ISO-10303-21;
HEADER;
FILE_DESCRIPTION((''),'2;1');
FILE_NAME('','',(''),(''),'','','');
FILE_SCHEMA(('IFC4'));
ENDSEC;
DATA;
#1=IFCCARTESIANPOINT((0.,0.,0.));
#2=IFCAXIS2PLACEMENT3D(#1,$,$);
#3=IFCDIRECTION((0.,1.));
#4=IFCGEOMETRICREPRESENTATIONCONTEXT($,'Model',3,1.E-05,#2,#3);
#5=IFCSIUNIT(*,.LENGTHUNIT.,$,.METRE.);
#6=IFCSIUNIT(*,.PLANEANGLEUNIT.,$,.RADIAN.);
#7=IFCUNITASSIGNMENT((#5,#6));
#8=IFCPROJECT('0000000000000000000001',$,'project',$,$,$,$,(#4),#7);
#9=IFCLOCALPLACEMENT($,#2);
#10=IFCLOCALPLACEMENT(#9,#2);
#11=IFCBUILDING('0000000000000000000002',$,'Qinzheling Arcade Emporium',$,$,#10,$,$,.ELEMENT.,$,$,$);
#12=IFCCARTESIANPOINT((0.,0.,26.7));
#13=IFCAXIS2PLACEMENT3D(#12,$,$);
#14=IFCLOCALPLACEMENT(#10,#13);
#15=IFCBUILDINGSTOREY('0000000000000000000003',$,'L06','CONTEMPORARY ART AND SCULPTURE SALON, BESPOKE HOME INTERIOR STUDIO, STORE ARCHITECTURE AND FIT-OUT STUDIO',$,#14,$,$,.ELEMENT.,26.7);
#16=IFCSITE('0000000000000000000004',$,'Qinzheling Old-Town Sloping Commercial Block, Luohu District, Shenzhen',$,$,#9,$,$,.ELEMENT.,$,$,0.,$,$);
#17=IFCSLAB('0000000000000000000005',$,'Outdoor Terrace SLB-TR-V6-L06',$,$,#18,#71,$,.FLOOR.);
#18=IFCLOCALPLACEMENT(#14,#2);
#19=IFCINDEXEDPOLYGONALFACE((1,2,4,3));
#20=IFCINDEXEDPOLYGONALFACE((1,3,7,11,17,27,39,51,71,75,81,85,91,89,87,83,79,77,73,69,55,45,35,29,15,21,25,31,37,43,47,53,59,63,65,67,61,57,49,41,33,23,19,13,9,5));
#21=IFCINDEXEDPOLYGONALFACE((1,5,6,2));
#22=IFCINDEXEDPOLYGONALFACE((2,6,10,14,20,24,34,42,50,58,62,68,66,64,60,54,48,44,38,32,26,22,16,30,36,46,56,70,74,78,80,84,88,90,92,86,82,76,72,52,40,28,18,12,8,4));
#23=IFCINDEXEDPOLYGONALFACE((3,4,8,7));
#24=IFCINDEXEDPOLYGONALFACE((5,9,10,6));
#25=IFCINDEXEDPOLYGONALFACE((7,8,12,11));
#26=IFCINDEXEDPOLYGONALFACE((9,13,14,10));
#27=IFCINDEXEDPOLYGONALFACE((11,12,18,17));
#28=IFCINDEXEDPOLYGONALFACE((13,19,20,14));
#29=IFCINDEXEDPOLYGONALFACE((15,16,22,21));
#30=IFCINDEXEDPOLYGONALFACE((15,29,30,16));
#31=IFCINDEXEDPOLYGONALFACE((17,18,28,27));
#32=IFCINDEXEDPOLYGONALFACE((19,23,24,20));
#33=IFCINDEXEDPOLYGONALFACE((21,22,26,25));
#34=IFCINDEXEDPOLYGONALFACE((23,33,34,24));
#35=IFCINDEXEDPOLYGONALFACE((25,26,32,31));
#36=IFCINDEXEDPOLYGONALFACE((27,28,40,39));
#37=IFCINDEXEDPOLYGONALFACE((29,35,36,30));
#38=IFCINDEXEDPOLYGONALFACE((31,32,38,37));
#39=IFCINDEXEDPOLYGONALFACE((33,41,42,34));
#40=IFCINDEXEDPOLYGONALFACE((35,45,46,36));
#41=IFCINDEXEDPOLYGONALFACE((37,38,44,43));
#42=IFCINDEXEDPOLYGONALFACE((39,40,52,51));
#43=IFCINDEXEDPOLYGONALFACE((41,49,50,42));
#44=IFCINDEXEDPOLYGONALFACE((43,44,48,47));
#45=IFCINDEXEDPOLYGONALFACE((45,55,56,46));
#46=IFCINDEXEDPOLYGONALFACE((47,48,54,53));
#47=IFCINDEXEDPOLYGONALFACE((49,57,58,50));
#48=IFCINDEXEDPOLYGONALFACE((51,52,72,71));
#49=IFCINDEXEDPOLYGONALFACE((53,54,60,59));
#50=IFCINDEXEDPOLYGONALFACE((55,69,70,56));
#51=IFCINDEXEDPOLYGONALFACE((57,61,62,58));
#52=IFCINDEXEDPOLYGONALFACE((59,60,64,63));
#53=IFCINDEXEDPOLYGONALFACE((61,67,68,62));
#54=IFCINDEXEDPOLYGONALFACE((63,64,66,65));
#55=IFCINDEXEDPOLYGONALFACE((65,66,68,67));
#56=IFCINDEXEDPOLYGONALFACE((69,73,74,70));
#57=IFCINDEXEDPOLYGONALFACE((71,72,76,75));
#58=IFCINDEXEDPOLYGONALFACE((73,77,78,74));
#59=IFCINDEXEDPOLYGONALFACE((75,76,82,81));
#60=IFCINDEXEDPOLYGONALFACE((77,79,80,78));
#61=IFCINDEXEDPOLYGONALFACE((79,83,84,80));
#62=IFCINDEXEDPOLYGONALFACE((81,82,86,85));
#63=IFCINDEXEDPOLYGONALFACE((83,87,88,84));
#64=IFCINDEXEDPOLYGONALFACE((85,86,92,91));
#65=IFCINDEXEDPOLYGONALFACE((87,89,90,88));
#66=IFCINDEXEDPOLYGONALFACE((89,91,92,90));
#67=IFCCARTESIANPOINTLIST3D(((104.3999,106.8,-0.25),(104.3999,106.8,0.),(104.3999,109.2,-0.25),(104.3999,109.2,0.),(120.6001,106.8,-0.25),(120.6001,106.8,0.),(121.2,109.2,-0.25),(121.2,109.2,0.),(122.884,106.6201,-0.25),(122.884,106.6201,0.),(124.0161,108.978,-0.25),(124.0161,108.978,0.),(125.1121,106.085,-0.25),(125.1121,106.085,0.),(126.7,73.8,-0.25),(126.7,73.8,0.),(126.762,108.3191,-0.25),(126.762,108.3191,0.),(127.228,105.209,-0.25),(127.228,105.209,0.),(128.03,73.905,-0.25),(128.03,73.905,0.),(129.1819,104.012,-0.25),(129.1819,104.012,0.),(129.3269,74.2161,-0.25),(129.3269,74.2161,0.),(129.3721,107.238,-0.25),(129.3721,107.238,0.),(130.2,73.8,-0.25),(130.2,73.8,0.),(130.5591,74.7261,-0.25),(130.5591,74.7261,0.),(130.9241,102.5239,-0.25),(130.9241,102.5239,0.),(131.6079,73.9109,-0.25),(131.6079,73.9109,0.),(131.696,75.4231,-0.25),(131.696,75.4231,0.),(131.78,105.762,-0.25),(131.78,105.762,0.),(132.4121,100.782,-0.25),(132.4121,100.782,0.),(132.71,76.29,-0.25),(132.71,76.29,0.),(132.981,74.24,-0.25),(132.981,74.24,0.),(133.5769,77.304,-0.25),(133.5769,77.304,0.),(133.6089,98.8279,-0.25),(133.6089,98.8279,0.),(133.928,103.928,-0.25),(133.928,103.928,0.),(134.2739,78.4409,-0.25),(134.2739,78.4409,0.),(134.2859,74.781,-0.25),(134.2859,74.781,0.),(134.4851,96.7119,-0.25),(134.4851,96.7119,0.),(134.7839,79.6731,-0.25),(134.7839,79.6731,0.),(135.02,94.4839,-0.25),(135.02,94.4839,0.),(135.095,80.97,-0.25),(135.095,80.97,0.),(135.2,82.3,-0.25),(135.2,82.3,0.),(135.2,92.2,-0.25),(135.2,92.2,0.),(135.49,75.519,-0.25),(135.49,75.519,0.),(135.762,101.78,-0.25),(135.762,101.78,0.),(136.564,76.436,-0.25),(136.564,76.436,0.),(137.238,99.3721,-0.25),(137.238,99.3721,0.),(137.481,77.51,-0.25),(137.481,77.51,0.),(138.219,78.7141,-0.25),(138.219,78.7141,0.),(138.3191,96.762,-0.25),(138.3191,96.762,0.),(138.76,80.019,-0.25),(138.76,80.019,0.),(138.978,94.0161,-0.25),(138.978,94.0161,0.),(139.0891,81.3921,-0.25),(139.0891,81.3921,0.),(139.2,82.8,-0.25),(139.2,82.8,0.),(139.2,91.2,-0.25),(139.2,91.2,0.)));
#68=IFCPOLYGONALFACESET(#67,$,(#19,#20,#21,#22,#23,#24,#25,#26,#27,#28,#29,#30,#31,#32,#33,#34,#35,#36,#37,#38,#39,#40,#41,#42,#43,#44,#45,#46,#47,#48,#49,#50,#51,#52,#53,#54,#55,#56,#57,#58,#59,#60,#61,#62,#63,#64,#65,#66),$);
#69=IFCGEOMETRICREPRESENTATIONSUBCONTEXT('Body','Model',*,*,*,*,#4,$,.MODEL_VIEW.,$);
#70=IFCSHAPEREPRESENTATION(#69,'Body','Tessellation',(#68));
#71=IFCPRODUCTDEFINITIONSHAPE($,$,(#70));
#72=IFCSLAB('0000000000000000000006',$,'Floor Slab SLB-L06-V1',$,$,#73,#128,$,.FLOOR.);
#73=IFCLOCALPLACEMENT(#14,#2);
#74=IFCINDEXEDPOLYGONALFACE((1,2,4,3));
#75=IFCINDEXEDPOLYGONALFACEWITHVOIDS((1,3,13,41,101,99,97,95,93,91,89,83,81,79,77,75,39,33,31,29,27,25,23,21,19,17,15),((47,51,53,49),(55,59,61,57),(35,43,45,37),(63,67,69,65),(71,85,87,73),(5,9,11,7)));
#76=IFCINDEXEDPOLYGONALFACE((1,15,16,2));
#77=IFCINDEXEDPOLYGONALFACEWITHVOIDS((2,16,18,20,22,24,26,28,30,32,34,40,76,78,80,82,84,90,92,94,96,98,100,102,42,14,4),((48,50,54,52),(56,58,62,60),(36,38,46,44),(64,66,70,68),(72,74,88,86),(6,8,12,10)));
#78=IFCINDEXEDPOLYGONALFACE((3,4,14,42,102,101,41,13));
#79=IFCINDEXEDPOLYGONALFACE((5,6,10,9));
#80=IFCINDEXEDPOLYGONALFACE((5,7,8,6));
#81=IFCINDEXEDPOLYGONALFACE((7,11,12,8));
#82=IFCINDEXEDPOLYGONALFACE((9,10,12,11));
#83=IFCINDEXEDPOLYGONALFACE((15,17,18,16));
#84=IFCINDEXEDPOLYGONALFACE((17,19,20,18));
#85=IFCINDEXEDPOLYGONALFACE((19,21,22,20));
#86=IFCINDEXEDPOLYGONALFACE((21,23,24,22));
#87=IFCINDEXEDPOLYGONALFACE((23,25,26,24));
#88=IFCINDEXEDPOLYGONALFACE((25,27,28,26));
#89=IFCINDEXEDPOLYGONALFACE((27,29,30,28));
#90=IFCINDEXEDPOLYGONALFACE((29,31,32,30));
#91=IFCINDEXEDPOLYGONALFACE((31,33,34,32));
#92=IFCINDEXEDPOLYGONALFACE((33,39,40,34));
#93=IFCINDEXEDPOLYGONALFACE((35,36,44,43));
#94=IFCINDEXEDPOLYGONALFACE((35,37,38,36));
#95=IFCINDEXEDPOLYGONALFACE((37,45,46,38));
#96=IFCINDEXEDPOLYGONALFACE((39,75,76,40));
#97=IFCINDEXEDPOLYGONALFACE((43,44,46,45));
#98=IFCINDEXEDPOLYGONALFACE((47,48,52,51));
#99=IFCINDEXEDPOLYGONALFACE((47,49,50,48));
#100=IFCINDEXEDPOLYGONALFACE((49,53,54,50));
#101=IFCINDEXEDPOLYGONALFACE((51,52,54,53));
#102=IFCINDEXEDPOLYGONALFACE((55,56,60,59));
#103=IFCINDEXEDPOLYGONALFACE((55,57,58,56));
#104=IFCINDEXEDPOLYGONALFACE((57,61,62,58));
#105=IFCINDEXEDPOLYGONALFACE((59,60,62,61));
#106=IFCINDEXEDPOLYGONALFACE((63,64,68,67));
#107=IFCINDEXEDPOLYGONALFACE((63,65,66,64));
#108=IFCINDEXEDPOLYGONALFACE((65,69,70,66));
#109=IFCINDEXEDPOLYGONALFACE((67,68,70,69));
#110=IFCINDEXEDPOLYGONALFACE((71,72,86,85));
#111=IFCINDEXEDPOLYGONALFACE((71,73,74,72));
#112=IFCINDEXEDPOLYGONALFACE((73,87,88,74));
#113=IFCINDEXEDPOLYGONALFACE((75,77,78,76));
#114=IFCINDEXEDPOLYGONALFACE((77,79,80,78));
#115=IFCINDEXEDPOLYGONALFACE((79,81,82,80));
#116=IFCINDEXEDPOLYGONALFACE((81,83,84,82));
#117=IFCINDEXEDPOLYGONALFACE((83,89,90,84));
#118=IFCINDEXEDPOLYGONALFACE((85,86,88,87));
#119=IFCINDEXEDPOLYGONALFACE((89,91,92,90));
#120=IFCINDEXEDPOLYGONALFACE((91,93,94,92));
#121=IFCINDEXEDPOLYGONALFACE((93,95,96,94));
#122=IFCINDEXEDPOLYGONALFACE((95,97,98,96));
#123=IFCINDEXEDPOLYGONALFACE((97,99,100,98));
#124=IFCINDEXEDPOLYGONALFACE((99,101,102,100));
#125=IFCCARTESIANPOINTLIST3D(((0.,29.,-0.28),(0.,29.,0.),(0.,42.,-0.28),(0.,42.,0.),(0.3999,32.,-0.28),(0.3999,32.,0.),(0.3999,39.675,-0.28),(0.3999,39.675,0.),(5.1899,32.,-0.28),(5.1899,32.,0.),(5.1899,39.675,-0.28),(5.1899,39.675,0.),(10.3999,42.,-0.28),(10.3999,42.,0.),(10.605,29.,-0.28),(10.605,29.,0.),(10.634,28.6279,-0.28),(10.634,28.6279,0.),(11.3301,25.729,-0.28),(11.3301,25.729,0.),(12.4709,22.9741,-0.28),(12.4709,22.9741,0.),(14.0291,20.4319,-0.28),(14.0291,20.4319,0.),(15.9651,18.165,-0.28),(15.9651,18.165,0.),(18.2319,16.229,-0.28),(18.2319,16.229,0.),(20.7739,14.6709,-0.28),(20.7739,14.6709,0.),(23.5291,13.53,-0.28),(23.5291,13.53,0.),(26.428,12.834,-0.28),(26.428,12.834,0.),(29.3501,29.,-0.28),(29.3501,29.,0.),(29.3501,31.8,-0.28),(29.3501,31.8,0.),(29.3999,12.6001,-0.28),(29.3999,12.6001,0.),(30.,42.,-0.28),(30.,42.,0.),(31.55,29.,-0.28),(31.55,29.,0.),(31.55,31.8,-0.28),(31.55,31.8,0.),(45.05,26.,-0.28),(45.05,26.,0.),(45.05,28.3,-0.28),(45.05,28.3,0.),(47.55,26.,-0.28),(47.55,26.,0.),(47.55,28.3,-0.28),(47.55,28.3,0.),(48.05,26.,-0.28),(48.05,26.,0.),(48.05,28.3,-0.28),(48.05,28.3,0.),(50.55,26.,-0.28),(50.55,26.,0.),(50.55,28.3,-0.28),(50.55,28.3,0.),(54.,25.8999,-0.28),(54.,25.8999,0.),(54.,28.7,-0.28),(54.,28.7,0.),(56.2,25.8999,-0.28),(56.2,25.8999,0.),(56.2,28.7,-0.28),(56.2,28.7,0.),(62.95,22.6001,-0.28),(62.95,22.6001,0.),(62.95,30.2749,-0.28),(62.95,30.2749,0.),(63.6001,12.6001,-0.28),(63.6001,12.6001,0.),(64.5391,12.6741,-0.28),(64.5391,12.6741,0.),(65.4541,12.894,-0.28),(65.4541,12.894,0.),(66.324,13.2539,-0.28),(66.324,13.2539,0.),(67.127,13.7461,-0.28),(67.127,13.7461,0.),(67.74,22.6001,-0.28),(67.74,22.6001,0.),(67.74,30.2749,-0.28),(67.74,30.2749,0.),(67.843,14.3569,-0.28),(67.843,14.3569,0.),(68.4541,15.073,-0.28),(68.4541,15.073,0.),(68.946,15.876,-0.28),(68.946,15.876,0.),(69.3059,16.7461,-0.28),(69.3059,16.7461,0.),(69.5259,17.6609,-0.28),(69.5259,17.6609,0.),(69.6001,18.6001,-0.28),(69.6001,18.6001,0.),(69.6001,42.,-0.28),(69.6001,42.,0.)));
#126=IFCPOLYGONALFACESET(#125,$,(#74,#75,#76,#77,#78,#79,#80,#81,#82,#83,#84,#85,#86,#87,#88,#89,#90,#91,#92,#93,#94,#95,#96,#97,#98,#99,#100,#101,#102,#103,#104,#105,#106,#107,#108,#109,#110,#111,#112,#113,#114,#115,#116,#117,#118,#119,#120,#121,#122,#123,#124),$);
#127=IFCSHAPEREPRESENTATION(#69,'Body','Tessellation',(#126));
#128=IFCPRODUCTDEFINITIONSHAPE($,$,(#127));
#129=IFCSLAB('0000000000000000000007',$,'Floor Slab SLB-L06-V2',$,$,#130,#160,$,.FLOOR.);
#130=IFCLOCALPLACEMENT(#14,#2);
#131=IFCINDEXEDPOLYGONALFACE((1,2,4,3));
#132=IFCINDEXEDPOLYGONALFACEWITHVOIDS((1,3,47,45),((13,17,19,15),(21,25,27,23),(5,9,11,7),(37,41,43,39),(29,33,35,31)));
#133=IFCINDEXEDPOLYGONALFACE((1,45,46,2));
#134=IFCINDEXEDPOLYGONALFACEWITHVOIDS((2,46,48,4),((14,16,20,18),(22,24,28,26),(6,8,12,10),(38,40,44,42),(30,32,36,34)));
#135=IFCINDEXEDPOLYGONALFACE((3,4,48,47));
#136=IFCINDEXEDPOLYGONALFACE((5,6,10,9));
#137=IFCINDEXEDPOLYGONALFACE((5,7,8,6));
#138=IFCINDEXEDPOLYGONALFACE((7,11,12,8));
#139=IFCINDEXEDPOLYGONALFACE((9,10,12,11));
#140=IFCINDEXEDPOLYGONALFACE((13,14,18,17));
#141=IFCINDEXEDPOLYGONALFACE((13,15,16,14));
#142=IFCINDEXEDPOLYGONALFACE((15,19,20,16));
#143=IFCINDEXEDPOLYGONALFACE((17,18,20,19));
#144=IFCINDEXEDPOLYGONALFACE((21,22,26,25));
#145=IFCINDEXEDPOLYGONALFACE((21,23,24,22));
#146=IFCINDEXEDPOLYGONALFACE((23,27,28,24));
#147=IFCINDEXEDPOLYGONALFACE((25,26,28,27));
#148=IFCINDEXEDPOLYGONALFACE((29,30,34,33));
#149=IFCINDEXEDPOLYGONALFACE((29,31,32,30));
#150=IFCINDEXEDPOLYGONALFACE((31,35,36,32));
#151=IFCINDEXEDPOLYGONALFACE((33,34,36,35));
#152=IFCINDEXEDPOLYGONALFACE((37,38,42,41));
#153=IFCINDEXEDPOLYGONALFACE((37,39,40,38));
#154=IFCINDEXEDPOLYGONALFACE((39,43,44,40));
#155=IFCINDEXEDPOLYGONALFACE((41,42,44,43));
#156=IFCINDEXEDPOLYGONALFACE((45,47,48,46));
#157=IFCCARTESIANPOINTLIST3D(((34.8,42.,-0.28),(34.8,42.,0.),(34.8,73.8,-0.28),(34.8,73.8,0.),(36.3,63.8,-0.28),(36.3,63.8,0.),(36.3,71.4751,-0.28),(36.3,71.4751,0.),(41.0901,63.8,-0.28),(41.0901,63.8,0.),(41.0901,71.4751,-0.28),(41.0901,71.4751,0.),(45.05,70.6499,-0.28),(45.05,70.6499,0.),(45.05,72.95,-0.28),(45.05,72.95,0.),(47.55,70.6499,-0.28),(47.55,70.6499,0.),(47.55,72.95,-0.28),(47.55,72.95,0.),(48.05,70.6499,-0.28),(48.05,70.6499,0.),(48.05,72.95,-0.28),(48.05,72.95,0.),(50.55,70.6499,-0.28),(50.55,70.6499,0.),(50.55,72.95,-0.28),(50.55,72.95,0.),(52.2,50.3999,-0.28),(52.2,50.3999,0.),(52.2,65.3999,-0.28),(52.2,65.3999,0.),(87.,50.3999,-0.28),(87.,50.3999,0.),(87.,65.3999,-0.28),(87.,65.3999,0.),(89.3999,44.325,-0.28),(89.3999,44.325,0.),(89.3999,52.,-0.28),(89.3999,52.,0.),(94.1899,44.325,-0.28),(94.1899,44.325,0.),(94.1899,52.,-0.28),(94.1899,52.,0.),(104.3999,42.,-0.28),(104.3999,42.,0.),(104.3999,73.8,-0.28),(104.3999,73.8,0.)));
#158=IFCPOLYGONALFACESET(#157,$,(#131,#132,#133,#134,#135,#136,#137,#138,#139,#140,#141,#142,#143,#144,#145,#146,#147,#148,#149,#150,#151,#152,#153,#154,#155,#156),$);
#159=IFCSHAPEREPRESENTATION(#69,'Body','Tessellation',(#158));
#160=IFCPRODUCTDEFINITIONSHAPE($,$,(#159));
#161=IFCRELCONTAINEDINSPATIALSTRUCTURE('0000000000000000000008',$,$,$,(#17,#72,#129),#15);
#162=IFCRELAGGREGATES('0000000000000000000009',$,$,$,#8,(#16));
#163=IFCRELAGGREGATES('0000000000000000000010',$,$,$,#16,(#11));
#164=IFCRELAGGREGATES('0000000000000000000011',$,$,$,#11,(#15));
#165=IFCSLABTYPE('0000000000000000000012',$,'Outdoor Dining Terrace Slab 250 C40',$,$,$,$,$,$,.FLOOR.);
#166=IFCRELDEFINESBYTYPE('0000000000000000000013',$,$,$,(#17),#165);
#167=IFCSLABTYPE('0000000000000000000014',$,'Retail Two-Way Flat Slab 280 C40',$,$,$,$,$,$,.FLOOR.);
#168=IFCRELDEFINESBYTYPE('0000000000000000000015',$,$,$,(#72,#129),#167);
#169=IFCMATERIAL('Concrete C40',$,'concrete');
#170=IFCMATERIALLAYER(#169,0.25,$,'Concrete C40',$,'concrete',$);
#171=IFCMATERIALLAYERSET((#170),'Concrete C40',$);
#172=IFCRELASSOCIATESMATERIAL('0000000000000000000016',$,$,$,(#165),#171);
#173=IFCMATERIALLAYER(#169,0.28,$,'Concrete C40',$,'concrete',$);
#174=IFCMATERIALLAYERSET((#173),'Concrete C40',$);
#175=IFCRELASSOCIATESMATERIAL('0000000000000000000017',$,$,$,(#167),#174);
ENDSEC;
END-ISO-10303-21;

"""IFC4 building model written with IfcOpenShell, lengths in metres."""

from ifc_helpers import new_model, si_unit, direction, frame, origin, place, context, subcontext, project, spatial, polyline, outline, extrude, material, layer, layer_set, type_object, element, save


model = new_model("IFC4")

# Units and contexts
model_context = context("Model", 3, precision=1e-05, world=origin(), true_north=direction((0.0, 1.0)))
body_context = subcontext(model_context, "Body", "Model", "MODEL_VIEW")
ifc_project = project(units=[si_unit("LENGTHUNIT", "METRE"), si_unit("PLANEANGLEUNIT", "RADIAN")], contexts=[model_context])

# Site, building, storey
site_placement = place(None, origin())
site = spatial("IfcSite", under=ifc_project, at=site_placement, Name="Qinzheling Old-Town Sloping Commercial Block, Luohu District, Shenzhen", CompositionType="ELEMENT", RefElevation=0.0)
building_placement = place(site_placement, origin())
building = spatial("IfcBuilding", under=site, at=building_placement, Name="Qinzheling Arcade Emporium", CompositionType="ELEMENT")
storey_placement = place(building_placement, frame((0.0, 0.0, 26.7)))
storey = spatial("IfcBuildingStorey", under=building, at=storey_placement, Name="L06", Description="CONTEMPORARY ART AND SCULPTURE SALON, BESPOKE HOME INTERIOR STUDIO, STORE ARCHITECTURE AND FIT-OUT STUDIO", CompositionType="ELEMENT", Elevation=26.7)

# Shared definitions
ifc_material_1 = material(Name="Concrete C40", Category="concrete")

# Slabs
ifc_layer_1 = layer(ifc_material_1, 0.25, Name="Concrete C40", Category="concrete")
ifc_layer_set_1 = layer_set([ifc_layer_1], Name="Concrete C40")
slab_type_1 = type_object("IfcSlabType", Name="Outdoor Dining Terrace Slab 250 C40", PredefinedType="FLOOR", material=ifc_layer_set_1)
slab_1_placement = place(storey_placement, frame((0.0, 0.0, -0.25)))
element("IfcSlab", 1, at=slab_1_placement, inside=storey, type_object=slab_type_1, Name="Outdoor Terrace SLB-TR-V6-L06", PredefinedType="FLOOR", context=body_context, shape_type="SweptSolid", body=[
    extrude(outline(polyline([(104.3999, 109.2), (104.3999, 106.8), (120.6001, 106.8), (122.884, 106.6201), (125.1121, 106.085), (127.228, 105.209), (129.1819, 104.012), (130.9241, 102.5239), (132.4121, 100.782), (133.6089, 98.8279), (134.4851, 96.7119), (135.02, 94.4839), (135.2, 92.2), (135.2, 82.3), (135.095, 80.97), (134.7839, 79.6731), (134.2739, 78.4409), (133.5769, 77.304), (132.71, 76.29), (131.696, 75.4231), (130.5591, 74.7261), (129.3269, 74.2161), (128.03, 73.905), (126.7, 73.8), (130.2, 73.8), (131.6079, 73.9109), (132.981, 74.24), (134.2859, 74.781), (135.49, 75.519), (136.564, 76.436), (137.481, 77.51), (138.219, 78.7141), (138.76, 80.019), (139.0891, 81.3921), (139.2, 82.8), (139.2, 91.2), (138.978, 94.0161), (138.3191, 96.762), (137.238, 99.3721), (135.762, 101.78), (133.928, 103.928), (131.78, 105.762), (129.3721, 107.238), (126.762, 108.3191), (124.0161, 108.978), (121.2, 109.2), (104.3999, 109.2)])), origin(), (0.0, 0.0, 1.0), 0.25),
])
ifc_layer_2 = layer(ifc_material_1, 0.28, Name="Concrete C40", Category="concrete")
ifc_layer_set_2 = layer_set([ifc_layer_2], Name="Concrete C40")
slab_type_2 = type_object("IfcSlabType", Name="Retail Two-Way Flat Slab 280 C40", PredefinedType="FLOOR", material=ifc_layer_set_2)
slab_2_placement = place(storey_placement, frame((0.0, 0.0, -0.28)))
element("IfcSlab", 2, at=slab_2_placement, inside=storey, type_object=slab_type_2, Name="Floor Slab SLB-L06-V1", PredefinedType="FLOOR", context=body_context, shape_type="SweptSolid", body=[
    extrude(outline(polyline([(30.0, 42.0), (10.3999, 42.0), (0.0, 42.0), (0.0, 29.0), (10.605, 29.0), (10.634, 28.6279), (11.3301, 25.729), (12.4709, 22.9741), (14.0291, 20.4319), (15.9651, 18.165), (18.2319, 16.229), (20.7739, 14.6709), (23.5291, 13.53), (26.428, 12.834), (29.3999, 12.6001), (63.6001, 12.6001), (64.5391, 12.6741), (65.4541, 12.894), (66.324, 13.2539), (67.127, 13.7461), (67.843, 14.3569), (68.4541, 15.073), (68.946, 15.876), (69.3059, 16.7461), (69.5259, 17.6609), (69.6001, 18.6001), (69.6001, 42.0), (30.0, 42.0)]), holes=[polyline([(67.74, 30.2749), (67.74, 22.6001), (62.95, 22.6001), (62.95, 30.2749), (67.74, 30.2749)]), polyline([(56.2, 25.8999), (54.0, 25.8999), (54.0, 28.7), (56.2, 28.7), (56.2, 25.8999)]), polyline([(50.55, 26.0), (48.05, 26.0), (48.05, 28.3), (50.55, 28.3), (50.55, 26.0)]), polyline([(47.55, 28.3), (47.55, 26.0), (45.05, 26.0), (45.05, 28.3), (47.55, 28.3)]), polyline([(31.55, 29.0), (29.3501, 29.0), (29.3501, 31.8), (31.55, 31.8), (31.55, 29.0)]), polyline([(5.1899, 32.0), (0.3999, 32.0), (0.3999, 39.675), (5.1899, 39.675), (5.1899, 32.0)])]), origin(), (0.0, 0.0, 1.0), 0.28),
])
slab_3_placement = place(storey_placement, frame((0.0, 0.0, -0.28)))
element("IfcSlab", 3, at=slab_3_placement, inside=storey, type_object=slab_type_2, Name="Floor Slab SLB-L06-V2", PredefinedType="FLOOR", context=body_context, shape_type="SweptSolid", body=[
    extrude(outline(polyline([(34.8, 42.0), (104.3999, 42.0), (104.3999, 73.8), (34.8, 73.8), (34.8, 42.0)]), holes=[polyline([(94.1899, 44.325), (89.3999, 44.325), (89.3999, 52.0), (94.1899, 52.0), (94.1899, 44.325)]), polyline([(87.0, 50.3999), (52.2, 50.3999), (52.2, 65.3999), (87.0, 65.3999), (87.0, 50.3999)]), polyline([(50.55, 70.6499), (48.05, 70.6499), (48.05, 72.95), (50.55, 72.95), (50.55, 70.6499)]), polyline([(47.55, 70.6499), (45.05, 70.6499), (45.05, 72.95), (47.55, 72.95), (47.55, 70.6499)]), polyline([(41.0901, 63.8), (36.3, 63.8), (36.3, 71.4751), (41.0901, 71.4751), (41.0901, 63.8)])]), origin(), (0.0, 0.0, 1.0), 0.28),
])

save(model, "model.ifc")
